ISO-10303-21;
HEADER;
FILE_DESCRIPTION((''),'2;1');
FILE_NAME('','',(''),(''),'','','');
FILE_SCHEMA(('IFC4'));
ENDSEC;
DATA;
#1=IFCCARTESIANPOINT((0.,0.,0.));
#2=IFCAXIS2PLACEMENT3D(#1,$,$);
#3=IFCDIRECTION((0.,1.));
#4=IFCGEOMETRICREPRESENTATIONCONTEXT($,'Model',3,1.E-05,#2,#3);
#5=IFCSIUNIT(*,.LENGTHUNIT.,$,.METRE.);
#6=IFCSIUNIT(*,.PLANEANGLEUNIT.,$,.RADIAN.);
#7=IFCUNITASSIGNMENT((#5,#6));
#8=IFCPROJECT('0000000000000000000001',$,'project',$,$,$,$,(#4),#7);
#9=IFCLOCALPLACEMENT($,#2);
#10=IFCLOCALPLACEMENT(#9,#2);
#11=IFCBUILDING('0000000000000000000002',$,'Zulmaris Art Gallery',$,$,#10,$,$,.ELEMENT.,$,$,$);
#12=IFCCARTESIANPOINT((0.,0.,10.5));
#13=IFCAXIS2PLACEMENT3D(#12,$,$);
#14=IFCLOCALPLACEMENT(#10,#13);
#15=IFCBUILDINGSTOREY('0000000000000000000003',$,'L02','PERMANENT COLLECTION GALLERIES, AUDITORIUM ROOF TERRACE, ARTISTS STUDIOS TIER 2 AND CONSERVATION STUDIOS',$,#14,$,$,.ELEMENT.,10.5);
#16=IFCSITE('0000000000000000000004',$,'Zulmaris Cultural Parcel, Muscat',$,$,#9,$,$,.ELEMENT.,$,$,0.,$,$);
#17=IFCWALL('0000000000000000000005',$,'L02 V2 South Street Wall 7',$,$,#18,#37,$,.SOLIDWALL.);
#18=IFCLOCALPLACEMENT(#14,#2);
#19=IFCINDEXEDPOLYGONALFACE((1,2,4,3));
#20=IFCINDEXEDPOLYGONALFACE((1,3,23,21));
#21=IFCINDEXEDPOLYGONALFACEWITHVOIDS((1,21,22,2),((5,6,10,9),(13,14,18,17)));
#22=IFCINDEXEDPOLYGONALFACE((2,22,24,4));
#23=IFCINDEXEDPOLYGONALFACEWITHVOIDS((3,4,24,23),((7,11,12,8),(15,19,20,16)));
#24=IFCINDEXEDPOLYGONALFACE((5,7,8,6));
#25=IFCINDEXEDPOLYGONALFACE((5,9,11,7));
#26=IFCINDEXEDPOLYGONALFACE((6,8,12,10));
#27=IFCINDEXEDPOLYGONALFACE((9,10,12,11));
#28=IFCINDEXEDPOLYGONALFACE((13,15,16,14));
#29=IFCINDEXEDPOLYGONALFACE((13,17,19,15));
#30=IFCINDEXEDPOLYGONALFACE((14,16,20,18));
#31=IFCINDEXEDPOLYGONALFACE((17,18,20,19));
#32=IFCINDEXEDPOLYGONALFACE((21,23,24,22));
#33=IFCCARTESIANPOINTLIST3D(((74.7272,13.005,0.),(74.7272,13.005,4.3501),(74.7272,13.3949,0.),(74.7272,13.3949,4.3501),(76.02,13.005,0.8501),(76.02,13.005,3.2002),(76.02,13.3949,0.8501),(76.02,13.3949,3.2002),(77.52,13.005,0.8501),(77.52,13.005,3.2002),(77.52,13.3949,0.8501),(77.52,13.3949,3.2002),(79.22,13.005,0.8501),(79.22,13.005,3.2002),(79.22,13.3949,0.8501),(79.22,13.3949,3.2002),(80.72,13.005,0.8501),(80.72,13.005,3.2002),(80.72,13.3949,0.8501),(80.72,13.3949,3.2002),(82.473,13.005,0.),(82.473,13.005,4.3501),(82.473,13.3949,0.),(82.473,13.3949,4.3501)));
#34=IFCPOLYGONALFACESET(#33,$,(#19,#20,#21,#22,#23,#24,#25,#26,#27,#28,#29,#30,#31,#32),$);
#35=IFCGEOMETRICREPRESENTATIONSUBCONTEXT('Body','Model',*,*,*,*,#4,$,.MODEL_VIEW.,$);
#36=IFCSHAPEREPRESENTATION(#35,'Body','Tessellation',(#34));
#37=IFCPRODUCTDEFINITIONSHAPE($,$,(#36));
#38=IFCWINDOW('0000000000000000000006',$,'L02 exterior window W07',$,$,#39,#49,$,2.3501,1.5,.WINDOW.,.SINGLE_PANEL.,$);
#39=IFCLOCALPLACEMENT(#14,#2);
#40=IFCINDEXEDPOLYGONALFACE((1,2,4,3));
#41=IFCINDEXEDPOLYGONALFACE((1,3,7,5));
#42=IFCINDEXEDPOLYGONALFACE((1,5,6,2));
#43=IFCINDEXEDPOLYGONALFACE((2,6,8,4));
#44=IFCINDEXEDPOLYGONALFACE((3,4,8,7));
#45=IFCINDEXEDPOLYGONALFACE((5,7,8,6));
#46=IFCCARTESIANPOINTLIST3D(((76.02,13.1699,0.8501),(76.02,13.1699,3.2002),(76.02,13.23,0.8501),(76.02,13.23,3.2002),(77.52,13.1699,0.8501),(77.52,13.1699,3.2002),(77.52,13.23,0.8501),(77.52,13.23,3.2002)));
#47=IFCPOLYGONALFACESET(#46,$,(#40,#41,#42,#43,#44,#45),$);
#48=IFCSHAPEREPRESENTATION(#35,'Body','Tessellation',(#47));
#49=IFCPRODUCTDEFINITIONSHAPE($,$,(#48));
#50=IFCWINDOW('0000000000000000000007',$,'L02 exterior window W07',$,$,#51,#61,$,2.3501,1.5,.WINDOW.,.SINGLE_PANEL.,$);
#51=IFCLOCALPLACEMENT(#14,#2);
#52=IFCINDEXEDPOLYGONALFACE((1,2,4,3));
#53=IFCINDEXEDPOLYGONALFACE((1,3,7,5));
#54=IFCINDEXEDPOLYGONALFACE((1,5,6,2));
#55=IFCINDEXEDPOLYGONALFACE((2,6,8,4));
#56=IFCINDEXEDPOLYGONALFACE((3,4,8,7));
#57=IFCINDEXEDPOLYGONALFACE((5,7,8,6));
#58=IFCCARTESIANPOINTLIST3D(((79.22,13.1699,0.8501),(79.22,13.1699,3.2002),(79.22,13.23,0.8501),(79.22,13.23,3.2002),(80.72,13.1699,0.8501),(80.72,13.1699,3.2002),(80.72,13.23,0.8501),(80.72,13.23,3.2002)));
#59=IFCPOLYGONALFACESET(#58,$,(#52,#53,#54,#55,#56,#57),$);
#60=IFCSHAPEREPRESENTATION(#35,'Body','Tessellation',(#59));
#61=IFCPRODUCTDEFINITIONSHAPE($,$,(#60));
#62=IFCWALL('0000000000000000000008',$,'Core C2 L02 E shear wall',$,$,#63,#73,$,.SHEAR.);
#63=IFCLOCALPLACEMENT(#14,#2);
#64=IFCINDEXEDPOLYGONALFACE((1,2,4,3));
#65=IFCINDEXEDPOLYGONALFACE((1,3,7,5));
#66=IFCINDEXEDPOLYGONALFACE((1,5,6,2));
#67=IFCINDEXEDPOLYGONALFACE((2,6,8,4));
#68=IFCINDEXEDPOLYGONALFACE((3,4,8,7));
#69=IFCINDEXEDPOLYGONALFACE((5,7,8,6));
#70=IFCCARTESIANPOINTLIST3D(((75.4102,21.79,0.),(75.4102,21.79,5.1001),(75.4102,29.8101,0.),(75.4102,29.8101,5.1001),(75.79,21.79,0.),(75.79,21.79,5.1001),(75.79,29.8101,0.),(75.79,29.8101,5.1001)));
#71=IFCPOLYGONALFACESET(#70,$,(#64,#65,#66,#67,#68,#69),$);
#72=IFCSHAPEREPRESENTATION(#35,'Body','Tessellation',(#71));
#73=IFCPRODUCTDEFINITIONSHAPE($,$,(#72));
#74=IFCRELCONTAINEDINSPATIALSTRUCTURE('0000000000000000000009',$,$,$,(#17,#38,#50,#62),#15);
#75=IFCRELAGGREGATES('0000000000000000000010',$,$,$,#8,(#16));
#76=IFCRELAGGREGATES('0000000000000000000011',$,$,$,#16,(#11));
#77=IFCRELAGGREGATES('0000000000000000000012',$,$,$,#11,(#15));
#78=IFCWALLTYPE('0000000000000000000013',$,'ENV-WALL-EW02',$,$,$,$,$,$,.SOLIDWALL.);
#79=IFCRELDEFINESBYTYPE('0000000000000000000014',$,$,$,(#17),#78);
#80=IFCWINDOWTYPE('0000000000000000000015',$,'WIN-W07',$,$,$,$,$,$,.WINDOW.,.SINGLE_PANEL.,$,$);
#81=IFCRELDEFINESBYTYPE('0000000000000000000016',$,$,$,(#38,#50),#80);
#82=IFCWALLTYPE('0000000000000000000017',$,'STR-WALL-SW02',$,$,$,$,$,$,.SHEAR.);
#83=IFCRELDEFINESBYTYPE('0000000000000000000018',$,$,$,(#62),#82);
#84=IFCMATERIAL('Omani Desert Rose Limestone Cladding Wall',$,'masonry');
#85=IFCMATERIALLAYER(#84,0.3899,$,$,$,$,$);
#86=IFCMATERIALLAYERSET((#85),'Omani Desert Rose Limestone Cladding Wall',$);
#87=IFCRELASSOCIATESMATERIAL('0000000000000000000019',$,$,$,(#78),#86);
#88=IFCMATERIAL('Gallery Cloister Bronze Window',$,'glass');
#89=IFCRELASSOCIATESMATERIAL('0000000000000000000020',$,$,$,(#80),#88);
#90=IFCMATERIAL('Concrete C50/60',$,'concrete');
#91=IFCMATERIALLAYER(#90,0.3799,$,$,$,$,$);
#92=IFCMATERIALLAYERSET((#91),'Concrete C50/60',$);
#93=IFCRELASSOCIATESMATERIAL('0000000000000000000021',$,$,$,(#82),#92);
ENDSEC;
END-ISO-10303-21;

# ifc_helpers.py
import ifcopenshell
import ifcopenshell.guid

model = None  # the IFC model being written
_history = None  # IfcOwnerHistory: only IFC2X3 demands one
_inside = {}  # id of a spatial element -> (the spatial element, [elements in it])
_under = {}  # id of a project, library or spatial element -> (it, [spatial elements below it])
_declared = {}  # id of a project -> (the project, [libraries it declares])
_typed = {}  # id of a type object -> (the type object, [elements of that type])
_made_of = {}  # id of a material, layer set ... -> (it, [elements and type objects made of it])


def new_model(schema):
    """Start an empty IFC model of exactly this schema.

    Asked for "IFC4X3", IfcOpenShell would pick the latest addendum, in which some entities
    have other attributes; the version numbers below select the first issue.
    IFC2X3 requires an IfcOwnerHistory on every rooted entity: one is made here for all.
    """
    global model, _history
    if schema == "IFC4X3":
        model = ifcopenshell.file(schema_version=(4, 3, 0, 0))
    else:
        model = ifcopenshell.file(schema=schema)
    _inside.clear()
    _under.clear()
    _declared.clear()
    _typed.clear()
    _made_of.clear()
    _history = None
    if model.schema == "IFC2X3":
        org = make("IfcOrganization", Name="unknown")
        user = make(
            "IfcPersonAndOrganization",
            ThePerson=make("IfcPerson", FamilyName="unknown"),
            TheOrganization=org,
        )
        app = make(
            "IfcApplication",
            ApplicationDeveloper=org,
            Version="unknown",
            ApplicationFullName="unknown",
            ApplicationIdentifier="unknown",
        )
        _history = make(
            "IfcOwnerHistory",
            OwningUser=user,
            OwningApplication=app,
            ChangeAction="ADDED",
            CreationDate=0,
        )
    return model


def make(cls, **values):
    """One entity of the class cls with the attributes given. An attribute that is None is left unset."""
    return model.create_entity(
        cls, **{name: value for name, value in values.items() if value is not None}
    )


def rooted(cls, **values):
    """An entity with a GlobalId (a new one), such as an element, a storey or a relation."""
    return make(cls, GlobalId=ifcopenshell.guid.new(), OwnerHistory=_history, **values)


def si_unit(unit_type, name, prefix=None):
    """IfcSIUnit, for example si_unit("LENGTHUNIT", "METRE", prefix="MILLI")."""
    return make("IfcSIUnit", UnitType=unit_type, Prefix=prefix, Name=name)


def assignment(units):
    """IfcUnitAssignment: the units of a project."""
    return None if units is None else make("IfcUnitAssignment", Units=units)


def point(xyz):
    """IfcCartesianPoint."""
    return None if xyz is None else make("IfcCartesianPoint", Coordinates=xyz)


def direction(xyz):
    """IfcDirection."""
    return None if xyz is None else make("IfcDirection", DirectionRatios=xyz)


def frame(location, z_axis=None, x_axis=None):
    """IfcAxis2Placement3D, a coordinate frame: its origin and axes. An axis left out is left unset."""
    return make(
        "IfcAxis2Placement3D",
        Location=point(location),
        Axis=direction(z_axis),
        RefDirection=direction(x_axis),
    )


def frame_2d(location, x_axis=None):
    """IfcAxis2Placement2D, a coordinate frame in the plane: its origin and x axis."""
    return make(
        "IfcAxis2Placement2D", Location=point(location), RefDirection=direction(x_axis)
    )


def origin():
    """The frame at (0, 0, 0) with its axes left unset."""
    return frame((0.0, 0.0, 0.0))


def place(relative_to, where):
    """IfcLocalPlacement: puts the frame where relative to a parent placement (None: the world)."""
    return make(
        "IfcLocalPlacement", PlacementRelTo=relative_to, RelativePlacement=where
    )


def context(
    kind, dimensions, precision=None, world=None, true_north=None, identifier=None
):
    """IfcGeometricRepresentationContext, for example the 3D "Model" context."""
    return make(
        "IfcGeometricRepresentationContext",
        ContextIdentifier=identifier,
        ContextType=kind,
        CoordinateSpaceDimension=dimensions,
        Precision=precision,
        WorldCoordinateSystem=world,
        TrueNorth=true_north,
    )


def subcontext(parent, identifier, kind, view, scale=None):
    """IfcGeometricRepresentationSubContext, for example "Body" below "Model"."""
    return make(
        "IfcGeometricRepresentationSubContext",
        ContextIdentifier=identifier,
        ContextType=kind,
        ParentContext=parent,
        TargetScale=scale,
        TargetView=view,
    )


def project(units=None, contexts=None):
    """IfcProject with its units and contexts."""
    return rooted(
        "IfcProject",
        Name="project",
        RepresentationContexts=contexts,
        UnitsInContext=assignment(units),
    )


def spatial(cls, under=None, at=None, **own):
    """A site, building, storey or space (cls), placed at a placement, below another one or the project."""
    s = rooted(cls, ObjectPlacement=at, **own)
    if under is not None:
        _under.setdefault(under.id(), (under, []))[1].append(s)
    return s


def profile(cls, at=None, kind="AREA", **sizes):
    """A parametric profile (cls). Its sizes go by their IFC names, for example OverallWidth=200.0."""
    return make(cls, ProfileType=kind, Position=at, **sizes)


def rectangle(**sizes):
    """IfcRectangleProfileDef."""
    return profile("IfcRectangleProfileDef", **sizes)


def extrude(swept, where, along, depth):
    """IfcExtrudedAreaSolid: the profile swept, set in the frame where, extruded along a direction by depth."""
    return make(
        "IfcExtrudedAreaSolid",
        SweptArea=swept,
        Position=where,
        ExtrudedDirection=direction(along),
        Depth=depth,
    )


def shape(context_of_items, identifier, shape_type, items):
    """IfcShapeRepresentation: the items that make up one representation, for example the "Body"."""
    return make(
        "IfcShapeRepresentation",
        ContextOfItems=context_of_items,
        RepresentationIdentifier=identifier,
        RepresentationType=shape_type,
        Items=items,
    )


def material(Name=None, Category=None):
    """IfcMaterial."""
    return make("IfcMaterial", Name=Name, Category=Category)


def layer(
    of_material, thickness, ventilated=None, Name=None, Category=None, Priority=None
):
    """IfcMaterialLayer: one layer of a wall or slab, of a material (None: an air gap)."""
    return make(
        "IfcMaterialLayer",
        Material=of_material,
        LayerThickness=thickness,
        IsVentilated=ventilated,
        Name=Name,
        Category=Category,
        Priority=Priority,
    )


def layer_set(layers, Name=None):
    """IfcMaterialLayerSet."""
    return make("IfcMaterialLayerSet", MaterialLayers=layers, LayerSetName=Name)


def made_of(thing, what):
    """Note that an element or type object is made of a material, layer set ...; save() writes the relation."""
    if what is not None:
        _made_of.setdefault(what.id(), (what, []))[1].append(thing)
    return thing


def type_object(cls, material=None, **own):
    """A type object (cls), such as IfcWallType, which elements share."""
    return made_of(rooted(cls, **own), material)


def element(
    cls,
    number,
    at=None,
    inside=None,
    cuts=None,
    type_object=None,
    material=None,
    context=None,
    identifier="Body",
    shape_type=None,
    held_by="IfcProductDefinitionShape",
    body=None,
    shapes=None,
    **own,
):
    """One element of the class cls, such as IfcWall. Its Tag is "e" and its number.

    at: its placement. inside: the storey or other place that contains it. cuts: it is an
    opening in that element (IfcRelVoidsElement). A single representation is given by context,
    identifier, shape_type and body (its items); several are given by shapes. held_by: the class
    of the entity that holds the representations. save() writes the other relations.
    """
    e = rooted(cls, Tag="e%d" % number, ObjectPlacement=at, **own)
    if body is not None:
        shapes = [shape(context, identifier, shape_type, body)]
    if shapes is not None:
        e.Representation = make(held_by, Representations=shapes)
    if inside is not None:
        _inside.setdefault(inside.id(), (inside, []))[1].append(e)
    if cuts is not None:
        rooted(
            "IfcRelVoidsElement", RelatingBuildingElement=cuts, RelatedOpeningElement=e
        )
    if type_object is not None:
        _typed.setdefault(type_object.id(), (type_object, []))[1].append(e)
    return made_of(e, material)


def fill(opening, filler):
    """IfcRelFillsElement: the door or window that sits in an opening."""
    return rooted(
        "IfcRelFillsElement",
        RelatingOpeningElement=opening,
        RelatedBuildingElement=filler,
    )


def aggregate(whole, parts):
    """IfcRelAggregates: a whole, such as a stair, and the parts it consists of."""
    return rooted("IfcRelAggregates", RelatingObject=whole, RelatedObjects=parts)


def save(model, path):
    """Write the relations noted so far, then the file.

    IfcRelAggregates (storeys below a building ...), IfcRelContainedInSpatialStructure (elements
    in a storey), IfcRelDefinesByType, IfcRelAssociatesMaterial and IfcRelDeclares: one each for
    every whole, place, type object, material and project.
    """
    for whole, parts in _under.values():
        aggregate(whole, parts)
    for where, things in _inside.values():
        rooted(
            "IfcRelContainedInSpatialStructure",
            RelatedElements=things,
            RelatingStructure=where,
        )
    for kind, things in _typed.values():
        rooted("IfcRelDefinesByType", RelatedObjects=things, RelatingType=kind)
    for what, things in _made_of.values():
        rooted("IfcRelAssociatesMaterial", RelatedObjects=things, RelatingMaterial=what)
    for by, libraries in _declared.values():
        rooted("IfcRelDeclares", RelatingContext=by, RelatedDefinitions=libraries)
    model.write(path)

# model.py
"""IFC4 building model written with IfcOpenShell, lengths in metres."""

from ifc_helpers import new_model, si_unit, direction, frame, frame_2d, origin, place, context, subcontext, project, spatial, rectangle, extrude, material, layer, layer_set, type_object, element, fill, save


model = new_model("IFC4")

# Units and contexts
model_context = context("Model", 3, precision=1e-05, world=origin(), true_north=direction((0.0, 1.0)))
body_context = subcontext(model_context, "Body", "Model", "MODEL_VIEW")
ifc_project = project(units=[si_unit("LENGTHUNIT", "METRE"), si_unit("PLANEANGLEUNIT", "RADIAN")], contexts=[model_context])

# Site, building, storey
site_placement = place(None, origin())
site = spatial("IfcSite", under=ifc_project, at=site_placement, Name="Zulmaris Cultural Parcel, Muscat", CompositionType="ELEMENT", RefElevation=0.0)
building_placement = place(site_placement, origin())
building = spatial("IfcBuilding", under=site, at=building_placement, Name="Zulmaris Art Gallery", CompositionType="ELEMENT")
storey_placement = place(building_placement, frame((0.0, 0.0, 10.5)))
storey = spatial("IfcBuildingStorey", under=building, at=storey_placement, Name="L02", Description="PERMANENT COLLECTION GALLERIES, AUDITORIUM ROOF TERRACE, ARTISTS STUDIOS TIER 2 AND CONSERVATION STUDIOS", CompositionType="ELEMENT", Elevation=10.5)

# Shared definitions
ifc_material_1 = material(Name="Concrete C50/60", Category="concrete")

# Wall, openings, windows
ifc_material_2 = material(Name="Omani Desert Rose Limestone Cladding Wall", Category="masonry")
ifc_layer_1 = layer(ifc_material_2, 0.3899)
ifc_layer_set_1 = layer_set([ifc_layer_1], Name="Omani Desert Rose Limestone Cladding Wall")
wall_type_1 = type_object("IfcWallType", Name="ENV-WALL-EW02", PredefinedType="SOLIDWALL", material=ifc_layer_set_1)
wall_1_placement = place(storey_placement, frame((74.7271, 13.2, 0.0), z_axis=(0.0, 0.0, 1.0), x_axis=(1.0, 0.0, 0.0)))
wall_1 = element("IfcWall", 1, at=wall_1_placement, inside=storey, type_object=wall_type_1, Name="L02 V2 South Street Wall 7", PredefinedType="SOLIDWALL", context=body_context, shape_type="SweptSolid", body=[
    extrude(rectangle(XDim=7.7458, YDim=0.3899, at=frame_2d((3.873, 0.0))), origin(), (0.0, 0.0, 1.0), 4.3501),
])
opening_1_placement = place(wall_1_placement, frame((1.293, 0.0, 0.8501)))
opening_1 = element("IfcOpeningElement", 2, at=opening_1_placement, cuts=wall_1, PredefinedType="OPENING", context=body_context, shape_type="SweptSolid", body=[
    extrude(rectangle(XDim=1.5, YDim=2.3501, at=frame_2d((0.75, 1.175))), frame((0.0, 0.2048, 0.0), z_axis=(0.0, -1.0, 0.0), x_axis=(1.0, 0.0, 0.0)), (0.0, 0.0, 1.0), 0.4099),
])
opening_2_placement = place(wall_1_placement, frame((4.4929, 0.0, 0.8501)))
opening_2 = element("IfcOpeningElement", 3, at=opening_2_placement, cuts=wall_1, PredefinedType="OPENING", context=body_context, shape_type="SweptSolid", body=[
    extrude(rectangle(XDim=1.5, YDim=2.3501, at=frame_2d((0.75, 1.175))), frame((0.0, 0.2048, 0.0), z_axis=(0.0, -1.0, 0.0), x_axis=(1.0, 0.0, 0.0)), (0.0, 0.0, 1.0), 0.4099),
])
ifc_material_3 = material(Name="Gallery Cloister Bronze Window", Category="glass")
window_type = type_object("IfcWindowType", Name="WIN-W07", PartitioningType="SINGLE_PANEL", PredefinedType="WINDOW", material=ifc_material_3)
window_1_placement = place(opening_1_placement, origin())
window_1 = element("IfcWindow", 4, at=window_1_placement, inside=storey, type_object=window_type, Name="L02 exterior window W07", OverallHeight=2.3501, OverallWidth=1.5, PartitioningType="SINGLE_PANEL", PredefinedType="WINDOW", context=body_context, shape_type="SweptSolid", body=[
    extrude(rectangle(XDim=1.5, YDim=2.3501, at=frame_2d((0.75, 1.175))), frame((0.0, 0.03, 0.0), z_axis=(0.0, -1.0, 0.0), x_axis=(1.0, 0.0, 0.0)), (0.0, 0.0, 1.0), 0.0601),
])
fill(opening_1, window_1)
window_2_placement = place(opening_2_placement, origin())
window_2 = element("IfcWindow", 5, at=window_2_placement, inside=storey, type_object=window_type, Name="L02 exterior window W07", OverallHeight=2.3501, OverallWidth=1.5, PartitioningType="SINGLE_PANEL", PredefinedType="WINDOW", context=body_context, shape_type="SweptSolid", body=[
    extrude(rectangle(XDim=1.5, YDim=2.3501, at=frame_2d((0.75, 1.175))), frame((0.0, 0.03, 0.0), z_axis=(0.0, -1.0, 0.0), x_axis=(1.0, 0.0, 0.0)), (0.0, 0.0, 1.0), 0.0601),
])
fill(opening_2, window_2)

# Wall
ifc_layer_2 = layer(ifc_material_1, 0.3799)
ifc_layer_set_2 = layer_set([ifc_layer_2], Name="Concrete C50/60")
wall_type_2 = type_object("IfcWallType", Name="STR-WALL-SW02", PredefinedType="SHEAR", material=ifc_layer_set_2)
wall_2_placement = place(storey_placement, frame((75.6001, 21.79, 0.0), z_axis=(0.0, 0.0, 1.0), x_axis=(0.0, 1.0, 0.0)))
element("IfcWall", 6, at=wall_2_placement, inside=storey, type_object=wall_type_2, Name="Core C2 L02 E shear wall", PredefinedType="SHEAR", context=body_context, shape_type="SweptSolid", body=[
    extrude(rectangle(XDim=8.02, YDim=0.3799, at=frame_2d((4.01, 0.0))), origin(), (0.0, 0.0, 1.0), 5.1001),
])

save(model, "model.ifc")
